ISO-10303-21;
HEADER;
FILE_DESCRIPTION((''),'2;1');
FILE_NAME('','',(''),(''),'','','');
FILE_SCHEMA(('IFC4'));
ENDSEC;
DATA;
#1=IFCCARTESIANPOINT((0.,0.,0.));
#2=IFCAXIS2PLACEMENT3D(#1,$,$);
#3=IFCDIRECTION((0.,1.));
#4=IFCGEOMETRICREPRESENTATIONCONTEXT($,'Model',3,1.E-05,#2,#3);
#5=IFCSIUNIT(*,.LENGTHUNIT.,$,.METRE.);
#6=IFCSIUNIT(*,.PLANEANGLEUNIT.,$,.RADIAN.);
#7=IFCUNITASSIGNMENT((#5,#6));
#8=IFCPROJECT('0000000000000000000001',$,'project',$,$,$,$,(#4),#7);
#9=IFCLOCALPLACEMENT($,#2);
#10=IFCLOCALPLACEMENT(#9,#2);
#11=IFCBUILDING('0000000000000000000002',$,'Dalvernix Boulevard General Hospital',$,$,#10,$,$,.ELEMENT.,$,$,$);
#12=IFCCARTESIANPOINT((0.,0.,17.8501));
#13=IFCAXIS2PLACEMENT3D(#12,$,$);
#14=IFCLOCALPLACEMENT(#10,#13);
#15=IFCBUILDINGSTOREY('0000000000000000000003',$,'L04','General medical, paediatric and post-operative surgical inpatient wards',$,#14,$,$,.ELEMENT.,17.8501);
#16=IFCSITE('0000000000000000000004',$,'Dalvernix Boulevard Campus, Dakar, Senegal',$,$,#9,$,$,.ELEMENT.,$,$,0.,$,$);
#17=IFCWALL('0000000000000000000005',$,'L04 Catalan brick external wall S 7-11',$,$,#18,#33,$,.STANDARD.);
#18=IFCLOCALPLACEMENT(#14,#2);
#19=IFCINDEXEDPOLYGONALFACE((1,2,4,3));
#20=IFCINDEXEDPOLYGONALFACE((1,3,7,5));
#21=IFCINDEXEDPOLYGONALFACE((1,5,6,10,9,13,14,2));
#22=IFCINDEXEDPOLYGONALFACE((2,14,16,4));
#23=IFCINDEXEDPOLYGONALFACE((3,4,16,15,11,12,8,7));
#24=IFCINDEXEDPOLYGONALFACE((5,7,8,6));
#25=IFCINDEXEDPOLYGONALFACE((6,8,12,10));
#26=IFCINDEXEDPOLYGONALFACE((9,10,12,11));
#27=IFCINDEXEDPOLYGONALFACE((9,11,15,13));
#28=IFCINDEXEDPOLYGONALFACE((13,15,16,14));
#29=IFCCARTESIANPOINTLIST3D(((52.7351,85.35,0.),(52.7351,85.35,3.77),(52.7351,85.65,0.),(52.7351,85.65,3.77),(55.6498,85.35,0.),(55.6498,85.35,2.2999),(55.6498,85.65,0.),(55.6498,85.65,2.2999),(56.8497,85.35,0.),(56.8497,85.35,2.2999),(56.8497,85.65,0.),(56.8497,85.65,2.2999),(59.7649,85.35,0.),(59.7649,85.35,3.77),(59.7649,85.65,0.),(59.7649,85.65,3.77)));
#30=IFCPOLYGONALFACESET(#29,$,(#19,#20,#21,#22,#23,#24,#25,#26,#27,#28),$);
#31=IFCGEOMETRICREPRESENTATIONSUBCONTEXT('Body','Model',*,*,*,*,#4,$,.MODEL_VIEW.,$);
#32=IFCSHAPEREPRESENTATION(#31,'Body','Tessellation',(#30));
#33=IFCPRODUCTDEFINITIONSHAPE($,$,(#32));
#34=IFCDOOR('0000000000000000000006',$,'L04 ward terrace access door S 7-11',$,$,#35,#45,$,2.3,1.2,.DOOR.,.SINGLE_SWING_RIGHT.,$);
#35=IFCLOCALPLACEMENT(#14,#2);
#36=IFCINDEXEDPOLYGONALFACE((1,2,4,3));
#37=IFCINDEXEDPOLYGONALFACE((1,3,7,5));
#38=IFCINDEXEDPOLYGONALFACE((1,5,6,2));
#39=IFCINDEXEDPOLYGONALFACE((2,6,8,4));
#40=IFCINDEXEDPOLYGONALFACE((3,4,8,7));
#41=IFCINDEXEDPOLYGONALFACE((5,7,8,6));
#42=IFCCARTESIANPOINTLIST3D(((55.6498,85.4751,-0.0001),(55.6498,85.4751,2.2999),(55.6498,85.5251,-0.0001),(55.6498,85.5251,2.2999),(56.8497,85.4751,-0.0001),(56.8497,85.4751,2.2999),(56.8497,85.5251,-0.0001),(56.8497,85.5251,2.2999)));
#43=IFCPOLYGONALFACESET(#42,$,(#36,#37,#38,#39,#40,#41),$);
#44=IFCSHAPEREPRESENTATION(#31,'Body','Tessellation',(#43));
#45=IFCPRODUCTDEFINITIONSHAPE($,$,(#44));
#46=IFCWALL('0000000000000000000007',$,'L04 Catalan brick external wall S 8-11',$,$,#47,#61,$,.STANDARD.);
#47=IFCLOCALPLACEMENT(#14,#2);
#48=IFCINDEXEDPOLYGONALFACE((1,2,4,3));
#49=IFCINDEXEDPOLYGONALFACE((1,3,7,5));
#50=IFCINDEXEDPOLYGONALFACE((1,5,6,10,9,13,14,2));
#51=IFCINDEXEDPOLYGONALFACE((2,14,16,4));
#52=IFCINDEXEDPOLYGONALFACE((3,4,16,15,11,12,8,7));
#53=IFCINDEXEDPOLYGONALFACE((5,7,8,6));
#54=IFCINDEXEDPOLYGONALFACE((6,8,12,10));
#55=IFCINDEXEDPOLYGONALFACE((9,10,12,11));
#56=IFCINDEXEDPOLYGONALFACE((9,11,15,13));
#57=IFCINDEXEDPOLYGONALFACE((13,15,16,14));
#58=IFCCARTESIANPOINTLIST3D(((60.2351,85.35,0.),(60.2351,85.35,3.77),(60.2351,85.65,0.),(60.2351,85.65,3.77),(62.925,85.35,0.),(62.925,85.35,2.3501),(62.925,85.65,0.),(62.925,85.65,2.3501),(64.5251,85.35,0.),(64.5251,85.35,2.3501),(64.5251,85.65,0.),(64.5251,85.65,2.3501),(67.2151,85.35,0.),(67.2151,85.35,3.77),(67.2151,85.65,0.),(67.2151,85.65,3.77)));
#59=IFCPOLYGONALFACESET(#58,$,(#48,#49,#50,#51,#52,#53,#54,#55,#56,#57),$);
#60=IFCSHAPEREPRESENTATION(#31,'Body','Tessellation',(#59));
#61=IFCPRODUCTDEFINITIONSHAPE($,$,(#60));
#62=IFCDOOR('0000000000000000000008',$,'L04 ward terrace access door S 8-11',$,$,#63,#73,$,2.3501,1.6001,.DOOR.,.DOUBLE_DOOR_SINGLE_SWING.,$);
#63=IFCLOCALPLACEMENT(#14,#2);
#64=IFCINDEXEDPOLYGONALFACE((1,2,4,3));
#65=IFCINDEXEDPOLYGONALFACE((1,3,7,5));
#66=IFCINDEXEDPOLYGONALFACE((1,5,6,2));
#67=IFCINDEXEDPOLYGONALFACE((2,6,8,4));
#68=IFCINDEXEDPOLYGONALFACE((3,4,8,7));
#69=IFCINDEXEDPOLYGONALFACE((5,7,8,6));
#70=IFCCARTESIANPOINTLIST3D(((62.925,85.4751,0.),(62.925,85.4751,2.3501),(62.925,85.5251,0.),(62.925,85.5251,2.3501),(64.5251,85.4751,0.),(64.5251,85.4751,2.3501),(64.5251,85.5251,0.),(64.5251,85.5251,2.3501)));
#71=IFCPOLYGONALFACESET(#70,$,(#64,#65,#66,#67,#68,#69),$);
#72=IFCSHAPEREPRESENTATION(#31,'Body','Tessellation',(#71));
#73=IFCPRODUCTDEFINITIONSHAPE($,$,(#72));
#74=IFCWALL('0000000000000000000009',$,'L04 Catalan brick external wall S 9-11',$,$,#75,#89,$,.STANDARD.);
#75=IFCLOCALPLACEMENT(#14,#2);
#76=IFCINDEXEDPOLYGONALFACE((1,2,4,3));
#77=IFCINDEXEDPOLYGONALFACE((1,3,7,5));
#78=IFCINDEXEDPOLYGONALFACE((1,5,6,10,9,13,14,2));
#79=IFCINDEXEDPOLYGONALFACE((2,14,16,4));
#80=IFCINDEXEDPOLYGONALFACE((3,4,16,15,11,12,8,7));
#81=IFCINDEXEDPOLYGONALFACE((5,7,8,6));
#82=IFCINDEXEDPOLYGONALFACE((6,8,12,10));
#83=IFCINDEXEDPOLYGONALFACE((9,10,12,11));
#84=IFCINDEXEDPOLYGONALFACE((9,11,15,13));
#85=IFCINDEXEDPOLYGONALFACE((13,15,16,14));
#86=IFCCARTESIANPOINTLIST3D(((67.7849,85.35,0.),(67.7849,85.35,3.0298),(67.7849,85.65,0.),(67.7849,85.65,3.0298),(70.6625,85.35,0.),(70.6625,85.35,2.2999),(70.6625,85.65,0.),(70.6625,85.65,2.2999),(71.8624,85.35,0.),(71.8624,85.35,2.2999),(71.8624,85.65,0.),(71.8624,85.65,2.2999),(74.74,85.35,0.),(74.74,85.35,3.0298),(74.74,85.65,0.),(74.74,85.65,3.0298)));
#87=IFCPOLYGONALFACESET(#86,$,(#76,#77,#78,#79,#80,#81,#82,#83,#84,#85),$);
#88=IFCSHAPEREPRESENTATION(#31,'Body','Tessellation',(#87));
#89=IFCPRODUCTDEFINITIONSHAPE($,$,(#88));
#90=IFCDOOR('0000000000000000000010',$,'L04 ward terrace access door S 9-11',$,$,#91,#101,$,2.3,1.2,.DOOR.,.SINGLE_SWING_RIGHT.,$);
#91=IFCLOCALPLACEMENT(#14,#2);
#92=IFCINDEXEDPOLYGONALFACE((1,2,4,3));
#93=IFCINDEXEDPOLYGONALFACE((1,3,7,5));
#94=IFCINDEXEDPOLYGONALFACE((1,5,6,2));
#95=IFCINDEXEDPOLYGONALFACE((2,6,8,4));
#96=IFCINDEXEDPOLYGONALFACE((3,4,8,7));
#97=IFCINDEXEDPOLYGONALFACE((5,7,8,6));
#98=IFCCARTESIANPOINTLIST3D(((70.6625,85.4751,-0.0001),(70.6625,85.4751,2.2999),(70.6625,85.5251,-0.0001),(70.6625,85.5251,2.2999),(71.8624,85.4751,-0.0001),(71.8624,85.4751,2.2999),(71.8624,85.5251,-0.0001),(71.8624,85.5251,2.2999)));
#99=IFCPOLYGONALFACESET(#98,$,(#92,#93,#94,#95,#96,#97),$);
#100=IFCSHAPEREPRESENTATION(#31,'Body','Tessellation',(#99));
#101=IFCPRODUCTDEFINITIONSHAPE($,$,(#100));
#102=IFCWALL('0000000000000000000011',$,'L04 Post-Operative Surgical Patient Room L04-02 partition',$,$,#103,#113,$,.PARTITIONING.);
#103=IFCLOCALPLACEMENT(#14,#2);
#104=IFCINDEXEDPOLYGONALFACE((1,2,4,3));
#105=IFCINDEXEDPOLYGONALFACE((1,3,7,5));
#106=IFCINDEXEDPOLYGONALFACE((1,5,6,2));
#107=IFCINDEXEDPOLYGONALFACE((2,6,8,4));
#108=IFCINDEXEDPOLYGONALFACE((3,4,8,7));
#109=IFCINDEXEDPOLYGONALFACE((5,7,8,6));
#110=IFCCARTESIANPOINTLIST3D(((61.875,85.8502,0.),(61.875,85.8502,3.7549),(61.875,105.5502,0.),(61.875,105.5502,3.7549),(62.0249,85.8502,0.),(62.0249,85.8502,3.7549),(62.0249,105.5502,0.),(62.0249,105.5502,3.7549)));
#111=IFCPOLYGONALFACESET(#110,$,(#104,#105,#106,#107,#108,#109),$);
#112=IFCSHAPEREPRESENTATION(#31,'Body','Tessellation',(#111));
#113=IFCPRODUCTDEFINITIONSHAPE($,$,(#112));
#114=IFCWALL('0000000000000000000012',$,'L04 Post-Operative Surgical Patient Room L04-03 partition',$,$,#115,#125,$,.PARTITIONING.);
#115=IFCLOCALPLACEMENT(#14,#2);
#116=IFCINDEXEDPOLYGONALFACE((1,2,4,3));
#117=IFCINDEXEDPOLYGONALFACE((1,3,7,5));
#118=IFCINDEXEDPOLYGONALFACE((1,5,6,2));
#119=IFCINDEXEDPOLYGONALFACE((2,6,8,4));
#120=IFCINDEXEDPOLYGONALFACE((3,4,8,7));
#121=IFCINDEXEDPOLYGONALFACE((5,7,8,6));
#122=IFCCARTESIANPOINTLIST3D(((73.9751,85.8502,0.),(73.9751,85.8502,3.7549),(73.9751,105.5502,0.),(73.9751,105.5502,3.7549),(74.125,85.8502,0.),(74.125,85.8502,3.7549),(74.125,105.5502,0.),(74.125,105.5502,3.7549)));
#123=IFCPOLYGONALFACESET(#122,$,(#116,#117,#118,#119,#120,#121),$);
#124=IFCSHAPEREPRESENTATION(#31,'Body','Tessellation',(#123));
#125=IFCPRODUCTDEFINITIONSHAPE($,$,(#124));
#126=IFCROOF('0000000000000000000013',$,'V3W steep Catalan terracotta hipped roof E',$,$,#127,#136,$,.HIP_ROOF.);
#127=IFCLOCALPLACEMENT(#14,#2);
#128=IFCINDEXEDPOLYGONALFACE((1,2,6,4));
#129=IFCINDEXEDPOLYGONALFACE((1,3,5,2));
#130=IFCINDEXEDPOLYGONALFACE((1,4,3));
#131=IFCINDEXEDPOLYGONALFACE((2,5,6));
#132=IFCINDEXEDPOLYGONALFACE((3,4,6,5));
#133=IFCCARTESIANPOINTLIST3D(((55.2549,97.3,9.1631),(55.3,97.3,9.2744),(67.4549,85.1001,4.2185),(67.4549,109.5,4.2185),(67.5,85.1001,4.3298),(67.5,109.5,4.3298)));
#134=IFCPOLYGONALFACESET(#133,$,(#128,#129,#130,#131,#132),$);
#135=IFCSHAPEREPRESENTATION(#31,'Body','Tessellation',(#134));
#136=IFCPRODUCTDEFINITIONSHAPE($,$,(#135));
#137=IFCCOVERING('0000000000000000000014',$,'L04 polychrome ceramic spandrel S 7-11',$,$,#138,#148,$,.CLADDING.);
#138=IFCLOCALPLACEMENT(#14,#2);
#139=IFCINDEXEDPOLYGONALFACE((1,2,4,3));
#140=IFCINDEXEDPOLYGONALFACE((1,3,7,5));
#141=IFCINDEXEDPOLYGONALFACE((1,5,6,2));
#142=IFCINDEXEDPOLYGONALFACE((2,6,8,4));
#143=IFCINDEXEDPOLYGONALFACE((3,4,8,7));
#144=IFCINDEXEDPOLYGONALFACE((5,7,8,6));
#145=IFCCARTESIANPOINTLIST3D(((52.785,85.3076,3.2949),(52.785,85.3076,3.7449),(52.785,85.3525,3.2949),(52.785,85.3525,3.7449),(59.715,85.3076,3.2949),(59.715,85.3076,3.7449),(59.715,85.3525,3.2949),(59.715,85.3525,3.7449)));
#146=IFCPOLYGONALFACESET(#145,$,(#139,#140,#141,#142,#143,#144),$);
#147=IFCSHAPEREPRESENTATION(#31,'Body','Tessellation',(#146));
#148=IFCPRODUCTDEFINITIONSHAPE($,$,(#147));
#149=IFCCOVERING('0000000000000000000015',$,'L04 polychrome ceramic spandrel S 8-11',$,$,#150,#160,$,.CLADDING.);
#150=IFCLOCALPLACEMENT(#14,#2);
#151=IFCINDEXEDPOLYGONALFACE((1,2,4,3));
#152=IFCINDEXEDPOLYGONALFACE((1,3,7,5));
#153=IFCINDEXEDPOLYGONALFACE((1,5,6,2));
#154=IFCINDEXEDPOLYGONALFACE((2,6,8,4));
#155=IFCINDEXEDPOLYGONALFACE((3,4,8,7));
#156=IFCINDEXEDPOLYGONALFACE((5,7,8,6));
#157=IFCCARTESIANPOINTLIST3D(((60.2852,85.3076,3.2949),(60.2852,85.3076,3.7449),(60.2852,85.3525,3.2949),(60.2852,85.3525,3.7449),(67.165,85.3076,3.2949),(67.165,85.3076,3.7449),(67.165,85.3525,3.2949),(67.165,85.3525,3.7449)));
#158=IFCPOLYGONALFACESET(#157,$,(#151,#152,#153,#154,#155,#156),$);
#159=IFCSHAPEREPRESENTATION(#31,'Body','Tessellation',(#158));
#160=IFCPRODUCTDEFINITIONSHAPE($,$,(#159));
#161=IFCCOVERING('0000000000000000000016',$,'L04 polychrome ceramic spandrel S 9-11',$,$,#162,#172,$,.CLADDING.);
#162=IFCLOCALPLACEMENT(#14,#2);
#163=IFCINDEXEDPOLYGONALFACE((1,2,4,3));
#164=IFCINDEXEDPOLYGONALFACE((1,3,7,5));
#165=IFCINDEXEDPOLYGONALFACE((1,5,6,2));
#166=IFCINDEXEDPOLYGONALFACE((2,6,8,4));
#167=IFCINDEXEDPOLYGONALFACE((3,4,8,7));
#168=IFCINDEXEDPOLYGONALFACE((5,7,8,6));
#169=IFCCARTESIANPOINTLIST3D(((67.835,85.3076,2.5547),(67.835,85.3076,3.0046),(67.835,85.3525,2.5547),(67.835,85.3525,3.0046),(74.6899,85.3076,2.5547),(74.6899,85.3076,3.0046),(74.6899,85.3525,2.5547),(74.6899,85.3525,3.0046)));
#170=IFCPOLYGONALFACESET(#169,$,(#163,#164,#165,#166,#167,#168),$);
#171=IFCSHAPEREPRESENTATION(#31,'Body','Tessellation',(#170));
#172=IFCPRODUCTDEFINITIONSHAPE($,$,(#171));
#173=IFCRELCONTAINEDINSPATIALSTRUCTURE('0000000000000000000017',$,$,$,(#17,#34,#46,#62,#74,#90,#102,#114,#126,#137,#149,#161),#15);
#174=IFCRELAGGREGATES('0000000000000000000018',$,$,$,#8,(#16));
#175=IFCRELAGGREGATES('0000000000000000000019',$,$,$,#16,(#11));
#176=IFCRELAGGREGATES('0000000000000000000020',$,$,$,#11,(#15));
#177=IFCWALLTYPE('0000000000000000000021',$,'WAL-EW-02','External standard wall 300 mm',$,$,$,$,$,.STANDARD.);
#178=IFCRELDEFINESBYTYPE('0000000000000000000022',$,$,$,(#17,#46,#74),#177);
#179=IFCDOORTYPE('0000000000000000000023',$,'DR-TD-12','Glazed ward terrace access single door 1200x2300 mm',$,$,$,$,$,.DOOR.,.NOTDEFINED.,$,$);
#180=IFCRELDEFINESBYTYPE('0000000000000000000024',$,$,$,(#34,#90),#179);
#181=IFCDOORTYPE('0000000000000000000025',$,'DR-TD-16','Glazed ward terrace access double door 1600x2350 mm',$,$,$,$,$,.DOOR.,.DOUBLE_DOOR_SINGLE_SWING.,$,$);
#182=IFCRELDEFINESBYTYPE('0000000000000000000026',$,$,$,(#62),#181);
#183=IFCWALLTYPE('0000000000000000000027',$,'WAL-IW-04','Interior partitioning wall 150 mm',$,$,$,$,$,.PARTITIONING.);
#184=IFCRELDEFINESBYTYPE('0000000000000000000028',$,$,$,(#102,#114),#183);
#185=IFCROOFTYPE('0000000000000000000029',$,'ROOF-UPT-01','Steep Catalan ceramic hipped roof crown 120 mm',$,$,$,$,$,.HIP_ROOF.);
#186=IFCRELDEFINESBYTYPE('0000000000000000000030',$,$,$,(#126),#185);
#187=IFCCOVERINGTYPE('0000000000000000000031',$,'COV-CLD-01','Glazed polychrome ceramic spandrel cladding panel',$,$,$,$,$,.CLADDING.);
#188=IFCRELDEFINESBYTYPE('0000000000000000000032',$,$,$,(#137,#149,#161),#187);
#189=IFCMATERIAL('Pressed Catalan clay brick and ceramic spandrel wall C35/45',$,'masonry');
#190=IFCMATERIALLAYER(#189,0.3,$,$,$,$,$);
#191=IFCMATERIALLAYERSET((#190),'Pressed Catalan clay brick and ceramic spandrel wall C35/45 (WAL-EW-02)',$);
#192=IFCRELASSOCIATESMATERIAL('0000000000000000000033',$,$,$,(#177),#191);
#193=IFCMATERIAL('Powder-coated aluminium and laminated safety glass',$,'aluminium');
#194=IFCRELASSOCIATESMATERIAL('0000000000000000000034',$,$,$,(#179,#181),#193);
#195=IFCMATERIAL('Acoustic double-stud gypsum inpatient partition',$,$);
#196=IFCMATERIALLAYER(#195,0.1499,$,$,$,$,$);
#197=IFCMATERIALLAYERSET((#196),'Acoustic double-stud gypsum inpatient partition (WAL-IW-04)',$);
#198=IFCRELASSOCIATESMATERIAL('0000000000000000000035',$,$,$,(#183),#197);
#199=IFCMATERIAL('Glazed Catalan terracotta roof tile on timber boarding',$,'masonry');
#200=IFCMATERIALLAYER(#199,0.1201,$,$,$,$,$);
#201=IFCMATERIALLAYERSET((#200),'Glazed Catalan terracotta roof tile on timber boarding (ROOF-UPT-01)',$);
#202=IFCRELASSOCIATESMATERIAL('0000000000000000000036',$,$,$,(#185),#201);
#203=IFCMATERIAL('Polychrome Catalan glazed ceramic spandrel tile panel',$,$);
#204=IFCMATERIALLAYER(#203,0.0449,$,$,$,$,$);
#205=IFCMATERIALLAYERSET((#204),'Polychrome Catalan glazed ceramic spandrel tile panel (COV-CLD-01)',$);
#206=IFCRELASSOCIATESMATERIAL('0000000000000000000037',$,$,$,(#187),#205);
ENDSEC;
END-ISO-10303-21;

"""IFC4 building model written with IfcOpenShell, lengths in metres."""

from ifc_helpers import new_model, si_unit, direction, frame, frame_2d, origin, origin_2d, place, context, subcontext, project, spatial, polyline, rectangle, outline, extrude, material, layer, layer_set, type_object, element, fill, save


model = new_model("IFC4")

# Units and contexts
model_context = context("Model", 3, precision=1e-05, world=origin(), true_north=direction((0.0, 1.0)))
body_context = subcontext(model_context, "Body", "Model", "MODEL_VIEW")
ifc_project = project(units=[si_unit("LENGTHUNIT", "METRE"), si_unit("PLANEANGLEUNIT", "RADIAN")], contexts=[model_context])

# Site, building, storey
site_placement = place(None, origin())
site = spatial("IfcSite", under=ifc_project, at=site_placement, Name="Dalvernix Boulevard Campus, Dakar, Senegal", CompositionType="ELEMENT", RefElevation=0.0)
building_placement = place(site_placement, origin())
building = spatial("IfcBuilding", under=site, at=building_placement, Name="Dalvernix Boulevard General Hospital", CompositionType="ELEMENT")
storey_placement = place(building_placement, frame((0.0, 0.0, 17.8501)))
storey = spatial("IfcBuildingStorey", under=building, at=storey_placement, Name="L04", Description="General medical, paediatric and post-operative surgical inpatient wards", CompositionType="ELEMENT", Elevation=17.8501)

# Walls, openings, doors
ifc_material_1 = material(Name="Pressed Catalan clay brick and ceramic spandrel wall C35/45", Category="masonry")
ifc_layer_1 = layer(ifc_material_1, 0.3)
ifc_layer_set_1 = layer_set([ifc_layer_1], Name="Pressed Catalan clay brick and ceramic spandrel wall C35/45 (WAL-EW-02)")
wall_type_1 = type_object("IfcWallType", Name="WAL-EW-02", Description="External standard wall 300 mm", PredefinedType="STANDARD", material=ifc_layer_set_1)
wall_1_placement = place(storey_placement, frame((59.7649, 85.5, 0.0), z_axis=(0.0, 0.0, 1.0), x_axis=(-1.0, 0.0, 0.0)))
wall_1 = element("IfcWall", 1, at=wall_1_placement, inside=storey, type_object=wall_type_1, Name="L04 Catalan brick external wall S 7-11", PredefinedType="STANDARD", context=body_context, shape_type="SweptSolid", body=[
    extrude(rectangle(XDim=7.0298, YDim=0.3, at=frame_2d((3.5149, 0.0))), origin(), (0.0, 0.0, 1.0), 3.77),
])
opening_1_placement = place(wall_1_placement, frame((2.915, 0.0, 0.0)))
opening_1 = element("IfcOpeningElement", 2, at=opening_1_placement, cuts=wall_1, PredefinedType="OPENING", context=body_context, shape_type="SweptSolid", body=[
    extrude(rectangle(XDim=1.2, YDim=2.3, at=frame_2d((0.6001, 1.1499))), frame((0.0, 0.1599, 0.0), z_axis=(0.0, -1.0, 0.0), x_axis=(1.0, 0.0, 0.0)), (0.0, 0.0, 1.0), 0.3201),
])
ifc_material_2 = material(Name="Powder-coated aluminium and laminated safety glass", Category="aluminium")
door_type_1 = type_object("IfcDoorType", Name="DR-TD-12", Description="Glazed ward terrace access single door 1200x2300 mm", OperationType="NOTDEFINED", PredefinedType="DOOR", material=ifc_material_2)
door_1_placement = place(opening_1_placement, origin())
door_1 = element("IfcDoor", 3, at=door_1_placement, inside=storey, type_object=door_type_1, Name="L04 ward terrace access door S 7-11", OperationType="SINGLE_SWING_RIGHT", OverallHeight=2.3, OverallWidth=1.2, PredefinedType="DOOR", context=body_context, shape_type="SweptSolid", body=[
    extrude(rectangle(XDim=1.2, YDim=2.3, at=frame_2d((0.6001, 1.1499))), frame((0.0, 0.0249, 0.0), z_axis=(0.0, -1.0, 0.0), x_axis=(1.0, 0.0, 0.0)), (0.0, 0.0, 1.0), 0.05),
])
fill(opening_1, door_1)
wall_2_placement = place(storey_placement, frame((67.2151, 85.5, 0.0), z_axis=(0.0, 0.0, 1.0), x_axis=(-1.0, 0.0, 0.0)))
wall_2 = element("IfcWall", 4, at=wall_2_placement, inside=storey, type_object=wall_type_1, Name="L04 Catalan brick external wall S 8-11", PredefinedType="STANDARD", context=body_context, shape_type="SweptSolid", body=[
    extrude(rectangle(XDim=6.98, YDim=0.3, at=frame_2d((3.49, 0.0))), origin(), (0.0, 0.0, 1.0), 3.77),
])
opening_2_placement = place(wall_2_placement, frame((2.6899, 0.0, 0.0)))
opening_2 = element("IfcOpeningElement", 5, at=opening_2_placement, cuts=wall_2, PredefinedType="OPENING", context=body_context, shape_type="SweptSolid", body=[
    extrude(rectangle(XDim=1.6001, YDim=2.3501, at=frame_2d((0.8, 1.175))), frame((0.0, 0.1599, 0.0), z_axis=(0.0, -1.0, 0.0), x_axis=(1.0, 0.0, 0.0)), (0.0, 0.0, 1.0), 0.3201),
])
door_type_2 = type_object("IfcDoorType", Name="DR-TD-16", Description="Glazed ward terrace access double door 1600x2350 mm", OperationType="DOUBLE_DOOR_SINGLE_SWING", PredefinedType="DOOR", material=ifc_material_2)
door_2_placement = place(opening_2_placement, origin())
door_2 = element("IfcDoor", 6, at=door_2_placement, inside=storey, type_object=door_type_2, Name="L04 ward terrace access door S 8-11", OperationType="DOUBLE_DOOR_SINGLE_SWING", OverallHeight=2.3501, OverallWidth=1.6001, PredefinedType="DOOR", context=body_context, shape_type="SweptSolid", body=[
    extrude(rectangle(XDim=1.6001, YDim=2.3501, at=frame_2d((0.8, 1.175))), frame((0.0, 0.0249, 0.0), z_axis=(0.0, -1.0, 0.0), x_axis=(1.0, 0.0, 0.0)), (0.0, 0.0, 1.0), 0.05),
])
fill(opening_2, door_2)
wall_3_placement = place(storey_placement, frame((74.74, 85.5, 0.0), z_axis=(0.0, 0.0, 1.0), x_axis=(-1.0, 0.0, 0.0)))
wall_3 = element("IfcWall", 7, at=wall_3_placement, inside=storey, type_object=wall_type_1, Name="L04 Catalan brick external wall S 9-11", PredefinedType="STANDARD", context=body_context, shape_type="SweptSolid", body=[
    extrude(rectangle(XDim=6.9551, YDim=0.3, at=frame_2d((3.4775, 0.0))), origin(), (0.0, 0.0, 1.0), 3.0298),
])
opening_3_placement = place(wall_3_placement, frame((2.8774, 0.0, 0.0)))
opening_3 = element("IfcOpeningElement", 8, at=opening_3_placement, cuts=wall_3, PredefinedType="OPENING", context=body_context, shape_type="SweptSolid", body=[
    extrude(rectangle(XDim=1.2, YDim=2.3, at=frame_2d((0.6001, 1.1499))), frame((0.0, 0.1599, 0.0), z_axis=(0.0, -1.0, 0.0), x_axis=(1.0, 0.0, 0.0)), (0.0, 0.0, 1.0), 0.3201),
])
door_3_placement = place(opening_3_placement, origin())
door_3 = element("IfcDoor", 9, at=door_3_placement, inside=storey, type_object=door_type_1, Name="L04 ward terrace access door S 9-11", OperationType="SINGLE_SWING_RIGHT", OverallHeight=2.3, OverallWidth=1.2, PredefinedType="DOOR", context=body_context, shape_type="SweptSolid", body=[
    extrude(rectangle(XDim=1.2, YDim=2.3, at=frame_2d((0.6001, 1.1499))), frame((0.0, 0.0249, 0.0), z_axis=(0.0, -1.0, 0.0), x_axis=(1.0, 0.0, 0.0)), (0.0, 0.0, 1.0), 0.05),
])
fill(opening_3, door_3)

# Walls
ifc_material_3 = material(Name="Acoustic double-stud gypsum inpatient partition")
ifc_layer_2 = layer(ifc_material_3, 0.1499)
ifc_layer_set_2 = layer_set([ifc_layer_2], Name="Acoustic double-stud gypsum inpatient partition (WAL-IW-04)")
wall_type_2 = type_object("IfcWallType", Name="WAL-IW-04", Description="Interior partitioning wall 150 mm", PredefinedType="PARTITIONING", material=ifc_layer_set_2)
for number, where, z_axis, x_axis, name in (
    (10, (61.95, 85.8501, 0.0), (0.0, 0.0, 1.0), (0.0, 1.0, 0.0), "L04 Post-Operative Surgical Patient Room L04-02 partition"),
    (11, (74.05, 85.8501, 0.0), (0.0, 0.0, 1.0), (0.0, 1.0, 0.0), "L04 Post-Operative Surgical Patient Room L04-03 partition"),
):
    element("IfcWall", number, at=place(storey_placement, frame(where, z_axis=z_axis, x_axis=x_axis)), inside=storey, type_object=wall_type_2, Name=name, PredefinedType="PARTITIONING", context=body_context, shape_type="SweptSolid", body=[
        extrude(rectangle(XDim=19.7, YDim=0.1499, at=frame_2d((9.8501, 0.0))), origin(), (0.0, 0.0, 1.0), 3.7549),
    ])

# Roof
ifc_material_4 = material(Name="Glazed Catalan terracotta roof tile on timber boarding", Category="masonry")
ifc_layer_3 = layer(ifc_material_4, 0.1201)
ifc_layer_set_3 = layer_set([ifc_layer_3], Name="Glazed Catalan terracotta roof tile on timber boarding (ROOF-UPT-01)")
roof_type = type_object("IfcRoofType", Name="ROOF-UPT-01", Description="Steep Catalan ceramic hipped roof crown 120 mm", PredefinedType="HIP_ROOF", material=ifc_layer_set_3)
roof_placement = place(storey_placement, frame((67.5, 85.1001, 4.3298), z_axis=(0.375617, 0.0, 0.926775), x_axis=(0.0, 1.0, 0.0)))
element("IfcRoof", 12, at=roof_placement, inside=storey, type_object=roof_type, Name="V3W steep Catalan terracotta hipped roof E", PredefinedType="HIP_ROOF", context=body_context, shape_type="SweptSolid", body=[
    extrude(outline(polyline([(0.0, 0.0), (24.3999, 0.0), (12.2, 13.1639), (0.0, 0.0)])), origin(), (0.0, 0.0, -1.0), 0.1201),
])

# Coverings
ifc_material_5 = material(Name="Polychrome Catalan glazed ceramic spandrel tile panel")
ifc_layer_4 = layer(ifc_material_5, 0.0449)
ifc_layer_set_4 = layer_set([ifc_layer_4], Name="Polychrome Catalan glazed ceramic spandrel tile panel (COV-CLD-01)")
covering_type_1 = type_object("IfcCoveringType", Name="COV-CLD-01", Description="Glazed polychrome ceramic spandrel cladding panel", PredefinedType="CLADDING", material=ifc_layer_set_4)
covering_1_placement = place(storey_placement, frame((56.25, 85.3301, 3.2949), z_axis=(0.0, 0.0, 1.0), x_axis=(-1.0, 0.0, 0.0)))
element("IfcCovering", 13, at=covering_1_placement, inside=storey, type_object=covering_type_1, Name="L04 polychrome ceramic spandrel S 7-11", PredefinedType="CLADDING", context=body_context, shape_type="SweptSolid", body=[
    extrude(rectangle(XDim=6.9299, YDim=0.0449, at=origin_2d()), origin(), (0.0, 0.0, 1.0), 0.45),
])
covering_2_placement = place(storey_placement, frame((63.7251, 85.3301, 3.2949), z_axis=(0.0, 0.0, 1.0), x_axis=(-1.0, 0.0, 0.0)))
element("IfcCovering", 14, at=covering_2_placement, inside=storey, type_object=covering_type_1, Name="L04 polychrome ceramic spandrel S 8-11", PredefinedType="CLADDING", context=body_context, shape_type="SweptSolid", body=[
    extrude(rectangle(XDim=6.8799, YDim=0.0449, at=origin_2d()), origin(), (0.0, 0.0, 1.0), 0.45),
])
covering_3_placement = place(storey_placement, frame((71.2625, 85.3301, 2.5547), z_axis=(0.0, 0.0, 1.0), x_axis=(-1.0, 0.0, 0.0)))
element("IfcCovering", 15, at=covering_3_placement, inside=storey, type_object=covering_type_1, Name="L04 polychrome ceramic spandrel S 9-11", PredefinedType="CLADDING", context=body_context, shape_type="SweptSolid", body=[
    extrude(rectangle(XDim=6.855, YDim=0.0449, at=origin_2d()), origin(), (0.0, 0.0, 1.0), 0.45),
])

save(model, "model.ifc")
